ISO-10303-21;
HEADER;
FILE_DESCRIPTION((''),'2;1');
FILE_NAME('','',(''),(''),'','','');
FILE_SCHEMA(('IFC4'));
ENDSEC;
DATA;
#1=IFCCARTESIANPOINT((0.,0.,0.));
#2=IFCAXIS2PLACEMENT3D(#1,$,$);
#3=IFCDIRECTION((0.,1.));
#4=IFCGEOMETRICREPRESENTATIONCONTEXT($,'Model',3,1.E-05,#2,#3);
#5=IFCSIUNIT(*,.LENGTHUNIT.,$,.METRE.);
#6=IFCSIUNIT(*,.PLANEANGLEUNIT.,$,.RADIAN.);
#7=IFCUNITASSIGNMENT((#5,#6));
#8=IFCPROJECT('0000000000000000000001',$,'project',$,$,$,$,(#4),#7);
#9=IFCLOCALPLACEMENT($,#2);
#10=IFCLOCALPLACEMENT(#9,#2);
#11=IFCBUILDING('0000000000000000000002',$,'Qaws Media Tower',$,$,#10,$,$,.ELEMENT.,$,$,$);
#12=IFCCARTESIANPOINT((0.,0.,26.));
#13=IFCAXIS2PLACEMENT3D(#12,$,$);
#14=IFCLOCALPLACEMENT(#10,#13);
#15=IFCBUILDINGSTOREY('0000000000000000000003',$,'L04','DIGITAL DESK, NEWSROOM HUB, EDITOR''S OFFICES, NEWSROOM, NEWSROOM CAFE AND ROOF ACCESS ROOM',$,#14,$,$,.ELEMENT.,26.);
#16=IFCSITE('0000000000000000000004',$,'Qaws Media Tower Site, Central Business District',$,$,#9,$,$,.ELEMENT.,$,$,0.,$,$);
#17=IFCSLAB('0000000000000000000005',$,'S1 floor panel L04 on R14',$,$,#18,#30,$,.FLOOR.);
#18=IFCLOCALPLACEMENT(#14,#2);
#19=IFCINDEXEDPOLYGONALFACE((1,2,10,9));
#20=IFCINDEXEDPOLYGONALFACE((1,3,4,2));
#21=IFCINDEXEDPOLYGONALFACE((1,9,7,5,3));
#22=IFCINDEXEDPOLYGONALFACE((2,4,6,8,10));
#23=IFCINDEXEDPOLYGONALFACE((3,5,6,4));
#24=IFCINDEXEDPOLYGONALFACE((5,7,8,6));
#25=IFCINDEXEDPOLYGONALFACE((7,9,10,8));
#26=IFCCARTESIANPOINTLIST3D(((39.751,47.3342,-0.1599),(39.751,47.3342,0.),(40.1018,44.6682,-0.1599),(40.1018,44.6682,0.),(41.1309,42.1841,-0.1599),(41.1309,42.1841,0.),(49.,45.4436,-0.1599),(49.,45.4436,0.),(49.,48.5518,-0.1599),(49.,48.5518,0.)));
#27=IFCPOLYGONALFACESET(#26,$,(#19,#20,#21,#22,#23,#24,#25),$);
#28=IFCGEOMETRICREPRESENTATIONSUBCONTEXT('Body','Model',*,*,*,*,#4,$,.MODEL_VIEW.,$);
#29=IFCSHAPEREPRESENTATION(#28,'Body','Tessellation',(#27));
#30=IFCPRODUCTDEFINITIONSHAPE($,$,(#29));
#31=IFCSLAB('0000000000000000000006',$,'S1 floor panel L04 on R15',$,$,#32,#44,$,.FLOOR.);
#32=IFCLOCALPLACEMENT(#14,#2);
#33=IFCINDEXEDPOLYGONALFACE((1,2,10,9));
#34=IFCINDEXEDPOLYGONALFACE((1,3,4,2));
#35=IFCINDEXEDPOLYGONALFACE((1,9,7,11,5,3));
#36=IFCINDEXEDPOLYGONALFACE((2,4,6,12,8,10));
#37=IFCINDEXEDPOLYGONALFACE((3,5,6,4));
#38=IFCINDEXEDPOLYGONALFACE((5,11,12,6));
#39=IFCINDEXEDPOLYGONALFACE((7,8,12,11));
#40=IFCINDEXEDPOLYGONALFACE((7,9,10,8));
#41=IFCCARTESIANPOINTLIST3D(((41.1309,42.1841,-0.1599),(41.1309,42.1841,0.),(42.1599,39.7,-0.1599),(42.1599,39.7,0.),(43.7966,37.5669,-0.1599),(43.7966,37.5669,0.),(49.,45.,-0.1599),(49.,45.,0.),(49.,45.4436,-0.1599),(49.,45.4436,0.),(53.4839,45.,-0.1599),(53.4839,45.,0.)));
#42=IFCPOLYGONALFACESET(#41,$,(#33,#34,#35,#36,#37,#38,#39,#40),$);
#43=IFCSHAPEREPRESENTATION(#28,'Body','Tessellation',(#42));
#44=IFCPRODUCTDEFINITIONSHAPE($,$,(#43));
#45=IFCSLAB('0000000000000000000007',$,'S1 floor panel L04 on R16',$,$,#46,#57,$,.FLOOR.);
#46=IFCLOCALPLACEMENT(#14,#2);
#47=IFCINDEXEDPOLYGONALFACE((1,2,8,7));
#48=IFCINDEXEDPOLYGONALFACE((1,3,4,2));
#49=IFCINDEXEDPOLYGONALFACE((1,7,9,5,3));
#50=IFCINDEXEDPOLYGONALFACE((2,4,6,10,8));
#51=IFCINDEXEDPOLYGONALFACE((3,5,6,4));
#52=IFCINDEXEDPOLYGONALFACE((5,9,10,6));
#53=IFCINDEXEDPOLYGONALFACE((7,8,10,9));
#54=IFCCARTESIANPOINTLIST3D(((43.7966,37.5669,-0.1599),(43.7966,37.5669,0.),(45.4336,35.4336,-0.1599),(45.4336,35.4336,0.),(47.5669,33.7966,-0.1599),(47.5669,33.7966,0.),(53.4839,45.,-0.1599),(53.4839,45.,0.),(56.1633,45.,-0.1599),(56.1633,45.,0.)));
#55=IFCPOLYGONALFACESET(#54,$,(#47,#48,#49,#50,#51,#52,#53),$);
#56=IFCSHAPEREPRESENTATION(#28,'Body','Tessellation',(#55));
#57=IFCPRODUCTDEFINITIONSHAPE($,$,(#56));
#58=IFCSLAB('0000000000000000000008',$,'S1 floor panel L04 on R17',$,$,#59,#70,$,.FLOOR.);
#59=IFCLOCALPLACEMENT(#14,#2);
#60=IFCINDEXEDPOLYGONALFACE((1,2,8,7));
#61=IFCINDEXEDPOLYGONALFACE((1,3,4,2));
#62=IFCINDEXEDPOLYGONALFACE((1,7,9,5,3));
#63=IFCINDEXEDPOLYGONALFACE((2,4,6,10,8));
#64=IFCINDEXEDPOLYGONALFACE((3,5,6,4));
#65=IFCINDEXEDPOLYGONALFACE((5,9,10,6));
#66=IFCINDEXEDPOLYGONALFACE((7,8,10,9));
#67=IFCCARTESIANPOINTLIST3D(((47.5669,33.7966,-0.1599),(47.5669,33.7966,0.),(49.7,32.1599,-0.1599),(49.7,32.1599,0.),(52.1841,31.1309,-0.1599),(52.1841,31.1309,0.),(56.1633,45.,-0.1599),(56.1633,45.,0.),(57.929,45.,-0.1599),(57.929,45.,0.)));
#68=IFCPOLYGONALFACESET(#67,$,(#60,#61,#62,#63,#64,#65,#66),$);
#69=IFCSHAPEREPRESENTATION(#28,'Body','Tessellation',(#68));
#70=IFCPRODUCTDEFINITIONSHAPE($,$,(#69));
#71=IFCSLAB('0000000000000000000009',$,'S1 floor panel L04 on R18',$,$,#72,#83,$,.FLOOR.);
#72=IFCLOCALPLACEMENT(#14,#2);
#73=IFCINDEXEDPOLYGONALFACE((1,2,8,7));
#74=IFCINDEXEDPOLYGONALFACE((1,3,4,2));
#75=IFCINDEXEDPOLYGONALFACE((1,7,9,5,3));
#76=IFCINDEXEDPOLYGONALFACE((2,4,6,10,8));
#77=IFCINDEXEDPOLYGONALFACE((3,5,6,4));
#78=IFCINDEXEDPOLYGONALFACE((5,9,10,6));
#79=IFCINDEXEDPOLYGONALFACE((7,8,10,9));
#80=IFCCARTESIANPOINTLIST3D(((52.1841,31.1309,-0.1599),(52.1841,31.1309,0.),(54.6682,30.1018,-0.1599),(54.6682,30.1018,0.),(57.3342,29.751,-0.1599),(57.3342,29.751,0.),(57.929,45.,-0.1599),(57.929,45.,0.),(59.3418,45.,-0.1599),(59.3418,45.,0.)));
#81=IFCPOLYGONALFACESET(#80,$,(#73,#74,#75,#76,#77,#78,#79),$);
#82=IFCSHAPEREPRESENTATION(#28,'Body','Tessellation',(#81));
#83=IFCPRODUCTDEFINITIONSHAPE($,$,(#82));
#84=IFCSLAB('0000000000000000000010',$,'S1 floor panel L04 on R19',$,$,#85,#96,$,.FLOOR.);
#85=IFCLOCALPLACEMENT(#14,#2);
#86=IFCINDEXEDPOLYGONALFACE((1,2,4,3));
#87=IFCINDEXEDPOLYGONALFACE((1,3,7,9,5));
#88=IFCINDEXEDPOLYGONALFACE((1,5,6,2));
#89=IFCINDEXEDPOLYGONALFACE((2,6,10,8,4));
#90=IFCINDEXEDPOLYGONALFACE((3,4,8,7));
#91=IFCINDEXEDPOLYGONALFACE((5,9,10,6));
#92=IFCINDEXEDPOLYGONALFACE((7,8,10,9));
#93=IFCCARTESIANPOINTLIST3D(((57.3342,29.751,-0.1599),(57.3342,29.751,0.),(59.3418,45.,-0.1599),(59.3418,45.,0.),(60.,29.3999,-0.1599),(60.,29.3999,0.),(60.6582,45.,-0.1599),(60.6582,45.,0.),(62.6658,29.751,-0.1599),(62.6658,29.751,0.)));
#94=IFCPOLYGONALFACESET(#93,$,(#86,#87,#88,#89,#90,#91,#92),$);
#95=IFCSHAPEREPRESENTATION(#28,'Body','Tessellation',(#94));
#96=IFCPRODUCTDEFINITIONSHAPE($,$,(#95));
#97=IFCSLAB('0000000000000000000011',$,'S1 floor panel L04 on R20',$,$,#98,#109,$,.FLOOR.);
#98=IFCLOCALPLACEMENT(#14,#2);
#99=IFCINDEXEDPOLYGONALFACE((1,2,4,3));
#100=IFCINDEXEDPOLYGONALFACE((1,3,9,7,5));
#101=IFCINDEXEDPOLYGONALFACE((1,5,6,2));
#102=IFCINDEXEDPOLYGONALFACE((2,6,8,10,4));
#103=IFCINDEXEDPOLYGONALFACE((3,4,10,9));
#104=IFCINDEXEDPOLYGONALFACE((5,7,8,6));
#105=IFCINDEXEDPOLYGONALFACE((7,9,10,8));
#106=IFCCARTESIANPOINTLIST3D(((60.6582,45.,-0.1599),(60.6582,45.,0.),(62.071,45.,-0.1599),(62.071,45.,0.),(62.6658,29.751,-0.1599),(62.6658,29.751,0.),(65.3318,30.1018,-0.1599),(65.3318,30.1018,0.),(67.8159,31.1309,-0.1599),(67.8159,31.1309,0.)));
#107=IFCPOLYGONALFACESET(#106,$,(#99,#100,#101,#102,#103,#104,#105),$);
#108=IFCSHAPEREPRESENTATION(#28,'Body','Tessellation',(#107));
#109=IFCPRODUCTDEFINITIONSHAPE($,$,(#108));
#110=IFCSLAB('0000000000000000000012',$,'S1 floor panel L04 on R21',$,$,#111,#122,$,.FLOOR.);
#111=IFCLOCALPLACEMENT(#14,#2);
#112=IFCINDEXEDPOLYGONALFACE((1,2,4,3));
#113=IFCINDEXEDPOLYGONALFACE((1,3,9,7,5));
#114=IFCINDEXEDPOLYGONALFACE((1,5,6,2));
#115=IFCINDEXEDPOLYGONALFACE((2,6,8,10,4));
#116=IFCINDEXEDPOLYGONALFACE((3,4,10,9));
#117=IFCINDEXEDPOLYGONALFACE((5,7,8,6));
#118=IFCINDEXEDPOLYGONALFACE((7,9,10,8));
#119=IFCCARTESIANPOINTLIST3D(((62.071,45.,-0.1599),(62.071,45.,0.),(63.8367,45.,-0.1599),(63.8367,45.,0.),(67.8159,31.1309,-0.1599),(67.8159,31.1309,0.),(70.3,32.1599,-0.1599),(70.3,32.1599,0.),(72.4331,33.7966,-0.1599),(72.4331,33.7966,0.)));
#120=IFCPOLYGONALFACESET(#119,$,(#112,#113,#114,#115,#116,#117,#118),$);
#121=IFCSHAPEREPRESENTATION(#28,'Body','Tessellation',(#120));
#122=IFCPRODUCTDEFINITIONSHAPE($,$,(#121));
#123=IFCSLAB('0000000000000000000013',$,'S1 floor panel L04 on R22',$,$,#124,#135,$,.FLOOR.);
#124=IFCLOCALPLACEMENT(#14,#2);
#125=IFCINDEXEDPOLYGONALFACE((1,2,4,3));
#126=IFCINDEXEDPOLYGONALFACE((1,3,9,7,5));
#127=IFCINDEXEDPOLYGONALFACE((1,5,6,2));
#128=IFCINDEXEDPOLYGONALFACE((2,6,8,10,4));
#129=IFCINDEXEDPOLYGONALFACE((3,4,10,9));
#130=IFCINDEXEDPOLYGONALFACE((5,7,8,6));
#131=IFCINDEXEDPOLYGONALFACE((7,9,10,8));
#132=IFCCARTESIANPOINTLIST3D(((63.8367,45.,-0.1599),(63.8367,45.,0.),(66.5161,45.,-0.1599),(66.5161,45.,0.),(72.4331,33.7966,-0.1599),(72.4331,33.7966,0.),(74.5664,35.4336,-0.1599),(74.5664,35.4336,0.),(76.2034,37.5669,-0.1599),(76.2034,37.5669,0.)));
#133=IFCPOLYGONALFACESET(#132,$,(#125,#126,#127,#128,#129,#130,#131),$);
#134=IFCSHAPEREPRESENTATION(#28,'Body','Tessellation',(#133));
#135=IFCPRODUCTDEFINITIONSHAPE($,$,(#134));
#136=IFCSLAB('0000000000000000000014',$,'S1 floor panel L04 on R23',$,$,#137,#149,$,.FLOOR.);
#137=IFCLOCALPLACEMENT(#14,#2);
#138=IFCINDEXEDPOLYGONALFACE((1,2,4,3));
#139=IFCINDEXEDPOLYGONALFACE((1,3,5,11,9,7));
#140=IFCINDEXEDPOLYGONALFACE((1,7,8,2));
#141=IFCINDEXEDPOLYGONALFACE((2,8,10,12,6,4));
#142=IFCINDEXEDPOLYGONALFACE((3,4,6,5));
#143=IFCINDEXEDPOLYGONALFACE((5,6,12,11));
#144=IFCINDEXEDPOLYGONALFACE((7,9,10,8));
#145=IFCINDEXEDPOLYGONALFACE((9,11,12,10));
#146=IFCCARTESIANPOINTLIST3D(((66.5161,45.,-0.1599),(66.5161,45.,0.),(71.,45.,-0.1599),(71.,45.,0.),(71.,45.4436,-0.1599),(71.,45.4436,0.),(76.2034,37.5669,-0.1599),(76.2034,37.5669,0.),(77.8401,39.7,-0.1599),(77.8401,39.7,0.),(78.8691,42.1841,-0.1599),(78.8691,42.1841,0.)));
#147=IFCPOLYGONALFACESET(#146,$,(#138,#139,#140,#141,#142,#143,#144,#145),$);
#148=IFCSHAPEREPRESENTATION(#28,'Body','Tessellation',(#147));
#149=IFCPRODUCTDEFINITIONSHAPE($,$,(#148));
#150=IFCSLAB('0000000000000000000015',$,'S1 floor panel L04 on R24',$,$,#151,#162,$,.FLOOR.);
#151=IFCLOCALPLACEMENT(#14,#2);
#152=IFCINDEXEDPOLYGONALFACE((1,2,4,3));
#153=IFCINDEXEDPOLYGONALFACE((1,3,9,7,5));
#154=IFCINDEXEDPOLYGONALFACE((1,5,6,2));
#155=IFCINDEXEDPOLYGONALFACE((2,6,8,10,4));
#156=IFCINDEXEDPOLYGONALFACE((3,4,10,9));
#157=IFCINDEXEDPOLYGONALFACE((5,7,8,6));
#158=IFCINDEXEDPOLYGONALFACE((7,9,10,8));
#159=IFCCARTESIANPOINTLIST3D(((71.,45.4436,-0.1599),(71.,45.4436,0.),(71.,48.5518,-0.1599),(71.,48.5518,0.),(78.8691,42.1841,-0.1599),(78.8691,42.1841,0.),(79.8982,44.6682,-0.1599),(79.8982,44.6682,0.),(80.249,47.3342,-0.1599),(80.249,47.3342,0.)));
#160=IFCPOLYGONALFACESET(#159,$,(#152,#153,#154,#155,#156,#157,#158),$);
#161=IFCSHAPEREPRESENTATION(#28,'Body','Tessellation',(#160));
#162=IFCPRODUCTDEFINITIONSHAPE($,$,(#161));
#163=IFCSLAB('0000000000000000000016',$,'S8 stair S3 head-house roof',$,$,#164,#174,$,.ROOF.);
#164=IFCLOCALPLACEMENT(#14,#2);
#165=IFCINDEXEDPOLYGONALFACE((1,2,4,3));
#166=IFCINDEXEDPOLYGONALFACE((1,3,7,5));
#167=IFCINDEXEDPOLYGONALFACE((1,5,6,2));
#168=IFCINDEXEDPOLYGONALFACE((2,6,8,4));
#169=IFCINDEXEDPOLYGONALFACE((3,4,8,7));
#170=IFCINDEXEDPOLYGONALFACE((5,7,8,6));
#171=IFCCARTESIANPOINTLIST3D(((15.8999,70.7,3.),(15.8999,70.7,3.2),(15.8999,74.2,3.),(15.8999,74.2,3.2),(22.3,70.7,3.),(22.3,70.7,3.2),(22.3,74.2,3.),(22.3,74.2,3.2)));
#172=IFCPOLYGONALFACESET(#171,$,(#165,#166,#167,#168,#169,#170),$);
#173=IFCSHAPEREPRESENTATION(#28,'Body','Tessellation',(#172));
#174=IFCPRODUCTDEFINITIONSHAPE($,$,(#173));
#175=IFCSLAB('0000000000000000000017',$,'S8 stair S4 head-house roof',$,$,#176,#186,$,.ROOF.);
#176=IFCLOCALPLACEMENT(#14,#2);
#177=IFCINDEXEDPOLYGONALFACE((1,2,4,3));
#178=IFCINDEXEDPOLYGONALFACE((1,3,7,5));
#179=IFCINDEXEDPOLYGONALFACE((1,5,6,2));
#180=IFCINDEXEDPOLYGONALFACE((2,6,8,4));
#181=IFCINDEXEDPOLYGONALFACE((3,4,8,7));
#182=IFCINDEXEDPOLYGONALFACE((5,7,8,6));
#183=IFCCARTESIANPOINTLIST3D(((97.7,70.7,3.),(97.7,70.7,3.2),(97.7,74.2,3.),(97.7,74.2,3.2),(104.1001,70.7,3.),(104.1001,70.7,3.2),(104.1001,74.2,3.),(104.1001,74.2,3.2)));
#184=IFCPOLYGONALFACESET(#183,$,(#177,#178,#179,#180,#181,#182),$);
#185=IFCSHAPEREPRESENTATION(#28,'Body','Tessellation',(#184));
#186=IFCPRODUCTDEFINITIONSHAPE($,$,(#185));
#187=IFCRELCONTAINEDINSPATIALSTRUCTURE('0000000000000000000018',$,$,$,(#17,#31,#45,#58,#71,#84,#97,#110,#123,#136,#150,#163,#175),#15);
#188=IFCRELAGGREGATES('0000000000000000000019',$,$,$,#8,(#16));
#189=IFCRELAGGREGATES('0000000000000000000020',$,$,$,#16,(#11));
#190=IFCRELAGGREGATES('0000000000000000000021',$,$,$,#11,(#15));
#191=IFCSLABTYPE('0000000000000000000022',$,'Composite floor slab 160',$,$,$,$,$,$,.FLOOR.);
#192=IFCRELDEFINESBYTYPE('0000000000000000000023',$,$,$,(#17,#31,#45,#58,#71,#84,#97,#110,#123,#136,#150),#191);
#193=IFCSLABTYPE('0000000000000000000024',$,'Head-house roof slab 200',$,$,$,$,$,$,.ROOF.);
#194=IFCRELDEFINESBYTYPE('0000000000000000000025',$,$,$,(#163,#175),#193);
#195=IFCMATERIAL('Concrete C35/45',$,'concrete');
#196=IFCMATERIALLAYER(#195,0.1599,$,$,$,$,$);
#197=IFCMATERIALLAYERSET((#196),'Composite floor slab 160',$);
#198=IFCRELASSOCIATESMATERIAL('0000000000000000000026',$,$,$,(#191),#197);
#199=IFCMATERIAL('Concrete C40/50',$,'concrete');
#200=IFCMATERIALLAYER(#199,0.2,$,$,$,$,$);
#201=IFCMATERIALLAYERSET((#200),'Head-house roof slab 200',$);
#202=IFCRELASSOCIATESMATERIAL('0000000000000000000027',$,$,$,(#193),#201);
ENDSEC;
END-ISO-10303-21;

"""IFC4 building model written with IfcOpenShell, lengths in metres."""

from ifc_helpers import new_model, si_unit, direction, frame, origin, place, context, subcontext, project, spatial, polyline, outline, extrude, material, layer, layer_set, type_object, element, save


model = new_model("IFC4")

# Units and contexts
model_context = context("Model", 3, precision=1e-05, world=origin(), true_north=direction((0.0, 1.0)))
body_context = subcontext(model_context, "Body", "Model", "MODEL_VIEW")
ifc_project = project(units=[si_unit("LENGTHUNIT", "METRE"), si_unit("PLANEANGLEUNIT", "RADIAN")], contexts=[model_context])

# Site, building, storey
site_placement = place(None, origin())
site = spatial("IfcSite", under=ifc_project, at=site_placement, Name="Qaws Media Tower Site, Central Business District", CompositionType="ELEMENT", RefElevation=0.0)
building_placement = place(site_placement, origin())
building = spatial("IfcBuilding", under=site, at=building_placement, Name="Qaws Media Tower", CompositionType="ELEMENT")
storey_placement = place(building_placement, frame((0.0, 0.0, 26.0)))
storey = spatial("IfcBuildingStorey", under=building, at=storey_placement, Name="L04", Description="DIGITAL DESK, NEWSROOM HUB, EDITOR'S OFFICES, NEWSROOM, NEWSROOM CAFE AND ROOF ACCESS ROOM", CompositionType="ELEMENT", Elevation=26.0)

# Slabs
ifc_material_1 = material(Name="Concrete C35/45", Category="concrete")
ifc_layer_1 = layer(ifc_material_1, 0.1599)
ifc_layer_set_1 = layer_set([ifc_layer_1], Name="Composite floor slab 160")
slab_type_1 = type_object("IfcSlabType", Name="Composite floor slab 160", PredefinedType="FLOOR", material=ifc_layer_set_1)
slab_1_placement = place(storey_placement, frame((0.0, 0.0, -0.1599)))
element("IfcSlab", 1, at=slab_1_placement, inside=storey, type_object=slab_type_1, Name="S1 floor panel L04 on R14", PredefinedType="FLOOR", context=body_context, shape_type="SweptSolid", body=[
    extrude(outline(polyline([(40.1018, 44.6682), (39.751, 47.3342), (49.0, 48.5518), (49.0, 45.4436), (41.1309, 42.1841), (40.1018, 44.6682)])), origin(), (0.0, 0.0, 1.0), 0.1599),
])
slab_2_placement = place(storey_placement, frame((0.0, 0.0, -0.1599)))
element("IfcSlab", 2, at=slab_2_placement, inside=storey, type_object=slab_type_1, Name="S1 floor panel L04 on R15", PredefinedType="FLOOR", context=body_context, shape_type="SweptSolid", body=[
    extrude(outline(polyline([(42.1599, 39.7), (41.1309, 42.1841), (49.0, 45.4436), (49.0, 45.0), (53.4839, 45.0), (43.7966, 37.5669), (42.1599, 39.7)])), origin(), (0.0, 0.0, 1.0), 0.1599),
])
slab_3_placement = place(storey_placement, frame((0.0, 0.0, -0.1599)))
element("IfcSlab", 3, at=slab_3_placement, inside=storey, type_object=slab_type_1, Name="S1 floor panel L04 on R16", PredefinedType="FLOOR", context=body_context, shape_type="SweptSolid", body=[
    extrude(outline(polyline([(45.4336, 35.4336), (43.7966, 37.5669), (53.4839, 45.0), (56.1633, 45.0), (47.5669, 33.7966), (45.4336, 35.4336)])), origin(), (0.0, 0.0, 1.0), 0.1599),
])
slab_4_placement = place(storey_placement, frame((0.0, 0.0, -0.1599)))
element("IfcSlab", 4, at=slab_4_placement, inside=storey, type_object=slab_type_1, Name="S1 floor panel L04 on R17", PredefinedType="FLOOR", context=body_context, shape_type="SweptSolid", body=[
    extrude(outline(polyline([(49.7, 32.1599), (47.5669, 33.7966), (56.1633, 45.0), (57.929, 45.0), (52.1841, 31.1309), (49.7, 32.1599)])), origin(), (0.0, 0.0, 1.0), 0.1599),
])
slab_5_placement = place(storey_placement, frame((0.0, 0.0, -0.1599)))
element("IfcSlab", 5, at=slab_5_placement, inside=storey, type_object=slab_type_1, Name="S1 floor panel L04 on R18", PredefinedType="FLOOR", context=body_context, shape_type="SweptSolid", body=[
    extrude(outline(polyline([(54.6682, 30.1018), (52.1841, 31.1309), (57.929, 45.0), (59.3418, 45.0), (57.3342, 29.751), (54.6682, 30.1018)])), origin(), (0.0, 0.0, 1.0), 0.1599),
])
slab_6_placement = place(storey_placement, frame((0.0, 0.0, -0.1599)))
element("IfcSlab", 6, at=slab_6_placement, inside=storey, type_object=slab_type_1, Name="S1 floor panel L04 on R19", PredefinedType="FLOOR", context=body_context, shape_type="SweptSolid", body=[
    extrude(outline(polyline([(60.0, 29.3999), (57.3342, 29.751), (59.3418, 45.0), (60.6582, 45.0), (62.6658, 29.751), (60.0, 29.3999)])), origin(), (0.0, 0.0, 1.0), 0.1599),
])
slab_7_placement = place(storey_placement, frame((0.0, 0.0, -0.1599)))
element("IfcSlab", 7, at=slab_7_placement, inside=storey, type_object=slab_type_1, Name="S1 floor panel L04 on R20", PredefinedType="FLOOR", context=body_context, shape_type="SweptSolid", body=[
    extrude(outline(polyline([(65.3318, 30.1018), (62.6658, 29.751), (60.6582, 45.0), (62.071, 45.0), (67.8159, 31.1309), (65.3318, 30.1018)])), origin(), (0.0, 0.0, 1.0), 0.1599),
])
slab_8_placement = place(storey_placement, frame((0.0, 0.0, -0.1599)))
element("IfcSlab", 8, at=slab_8_placement, inside=storey, type_object=slab_type_1, Name="S1 floor panel L04 on R21", PredefinedType="FLOOR", context=body_context, shape_type="SweptSolid", body=[
    extrude(outline(polyline([(70.3, 32.1599), (67.8159, 31.1309), (62.071, 45.0), (63.8367, 45.0), (72.4331, 33.7966), (70.3, 32.1599)])), origin(), (0.0, 0.0, 1.0), 0.1599),
])
slab_9_placement = place(storey_placement, frame((0.0, 0.0, -0.1599)))
element("IfcSlab", 9, at=slab_9_placement, inside=storey, type_object=slab_type_1, Name="S1 floor panel L04 on R22", PredefinedType="FLOOR", context=body_context, shape_type="SweptSolid", body=[
    extrude(outline(polyline([(74.5664, 35.4336), (72.4331, 33.7966), (63.8367, 45.0), (66.5161, 45.0), (76.2034, 37.5669), (74.5664, 35.4336)])), origin(), (0.0, 0.0, 1.0), 0.1599),
])
slab_10_placement = place(storey_placement, frame((0.0, 0.0, -0.1599)))
element("IfcSlab", 10, at=slab_10_placement, inside=storey, type_object=slab_type_1, Name="S1 floor panel L04 on R23", PredefinedType="FLOOR", context=body_context, shape_type="SweptSolid", body=[
    extrude(outline(polyline([(77.8401, 39.7), (76.2034, 37.5669), (66.5161, 45.0), (71.0, 45.0), (71.0, 45.4436), (78.8691, 42.1841), (77.8401, 39.7)])), origin(), (0.0, 0.0, 1.0), 0.1599),
])
slab_11_placement = place(storey_placement, frame((0.0, 0.0, -0.1599)))
element("IfcSlab", 11, at=slab_11_placement, inside=storey, type_object=slab_type_1, Name="S1 floor panel L04 on R24", PredefinedType="FLOOR", context=body_context, shape_type="SweptSolid", body=[
    extrude(outline(polyline([(78.8691, 42.1841), (71.0, 45.4436), (71.0, 48.5518), (80.249, 47.3342), (79.8982, 44.6682), (78.8691, 42.1841)])), origin(), (0.0, 0.0, 1.0), 0.1599),
])
ifc_material_2 = material(Name="Concrete C40/50", Category="concrete")
ifc_layer_2 = layer(ifc_material_2, 0.2)
ifc_layer_set_2 = layer_set([ifc_layer_2], Name="Head-house roof slab 200")
slab_type_2 = type_object("IfcSlabType", Name="Head-house roof slab 200", PredefinedType="ROOF", material=ifc_layer_set_2)
slab_12_placement = place(storey_placement, frame((0.0, 0.0, 3.0)))
element("IfcSlab", 12, at=slab_12_placement, inside=storey, type_object=slab_type_2, Name="S8 stair S3 head-house roof", PredefinedType="ROOF", context=body_context, shape_type="SweptSolid", body=[
    extrude(outline(polyline([(15.8999, 70.7), (22.3, 70.7), (22.3, 74.2), (15.8999, 74.2), (15.8999, 70.7)])), origin(), (0.0, 0.0, 1.0), 0.2),
])
slab_13_placement = place(storey_placement, frame((0.0, 0.0, 3.0)))
element("IfcSlab", 13, at=slab_13_placement, inside=storey, type_object=slab_type_2, Name="S8 stair S4 head-house roof", PredefinedType="ROOF", context=body_context, shape_type="SweptSolid", body=[
    extrude(outline(polyline([(97.7, 70.7), (104.1001, 70.7), (104.1001, 74.2), (97.7, 74.2), (97.7, 70.7)])), origin(), (0.0, 0.0, 1.0), 0.2),
])

save(model, "model.ifc")
